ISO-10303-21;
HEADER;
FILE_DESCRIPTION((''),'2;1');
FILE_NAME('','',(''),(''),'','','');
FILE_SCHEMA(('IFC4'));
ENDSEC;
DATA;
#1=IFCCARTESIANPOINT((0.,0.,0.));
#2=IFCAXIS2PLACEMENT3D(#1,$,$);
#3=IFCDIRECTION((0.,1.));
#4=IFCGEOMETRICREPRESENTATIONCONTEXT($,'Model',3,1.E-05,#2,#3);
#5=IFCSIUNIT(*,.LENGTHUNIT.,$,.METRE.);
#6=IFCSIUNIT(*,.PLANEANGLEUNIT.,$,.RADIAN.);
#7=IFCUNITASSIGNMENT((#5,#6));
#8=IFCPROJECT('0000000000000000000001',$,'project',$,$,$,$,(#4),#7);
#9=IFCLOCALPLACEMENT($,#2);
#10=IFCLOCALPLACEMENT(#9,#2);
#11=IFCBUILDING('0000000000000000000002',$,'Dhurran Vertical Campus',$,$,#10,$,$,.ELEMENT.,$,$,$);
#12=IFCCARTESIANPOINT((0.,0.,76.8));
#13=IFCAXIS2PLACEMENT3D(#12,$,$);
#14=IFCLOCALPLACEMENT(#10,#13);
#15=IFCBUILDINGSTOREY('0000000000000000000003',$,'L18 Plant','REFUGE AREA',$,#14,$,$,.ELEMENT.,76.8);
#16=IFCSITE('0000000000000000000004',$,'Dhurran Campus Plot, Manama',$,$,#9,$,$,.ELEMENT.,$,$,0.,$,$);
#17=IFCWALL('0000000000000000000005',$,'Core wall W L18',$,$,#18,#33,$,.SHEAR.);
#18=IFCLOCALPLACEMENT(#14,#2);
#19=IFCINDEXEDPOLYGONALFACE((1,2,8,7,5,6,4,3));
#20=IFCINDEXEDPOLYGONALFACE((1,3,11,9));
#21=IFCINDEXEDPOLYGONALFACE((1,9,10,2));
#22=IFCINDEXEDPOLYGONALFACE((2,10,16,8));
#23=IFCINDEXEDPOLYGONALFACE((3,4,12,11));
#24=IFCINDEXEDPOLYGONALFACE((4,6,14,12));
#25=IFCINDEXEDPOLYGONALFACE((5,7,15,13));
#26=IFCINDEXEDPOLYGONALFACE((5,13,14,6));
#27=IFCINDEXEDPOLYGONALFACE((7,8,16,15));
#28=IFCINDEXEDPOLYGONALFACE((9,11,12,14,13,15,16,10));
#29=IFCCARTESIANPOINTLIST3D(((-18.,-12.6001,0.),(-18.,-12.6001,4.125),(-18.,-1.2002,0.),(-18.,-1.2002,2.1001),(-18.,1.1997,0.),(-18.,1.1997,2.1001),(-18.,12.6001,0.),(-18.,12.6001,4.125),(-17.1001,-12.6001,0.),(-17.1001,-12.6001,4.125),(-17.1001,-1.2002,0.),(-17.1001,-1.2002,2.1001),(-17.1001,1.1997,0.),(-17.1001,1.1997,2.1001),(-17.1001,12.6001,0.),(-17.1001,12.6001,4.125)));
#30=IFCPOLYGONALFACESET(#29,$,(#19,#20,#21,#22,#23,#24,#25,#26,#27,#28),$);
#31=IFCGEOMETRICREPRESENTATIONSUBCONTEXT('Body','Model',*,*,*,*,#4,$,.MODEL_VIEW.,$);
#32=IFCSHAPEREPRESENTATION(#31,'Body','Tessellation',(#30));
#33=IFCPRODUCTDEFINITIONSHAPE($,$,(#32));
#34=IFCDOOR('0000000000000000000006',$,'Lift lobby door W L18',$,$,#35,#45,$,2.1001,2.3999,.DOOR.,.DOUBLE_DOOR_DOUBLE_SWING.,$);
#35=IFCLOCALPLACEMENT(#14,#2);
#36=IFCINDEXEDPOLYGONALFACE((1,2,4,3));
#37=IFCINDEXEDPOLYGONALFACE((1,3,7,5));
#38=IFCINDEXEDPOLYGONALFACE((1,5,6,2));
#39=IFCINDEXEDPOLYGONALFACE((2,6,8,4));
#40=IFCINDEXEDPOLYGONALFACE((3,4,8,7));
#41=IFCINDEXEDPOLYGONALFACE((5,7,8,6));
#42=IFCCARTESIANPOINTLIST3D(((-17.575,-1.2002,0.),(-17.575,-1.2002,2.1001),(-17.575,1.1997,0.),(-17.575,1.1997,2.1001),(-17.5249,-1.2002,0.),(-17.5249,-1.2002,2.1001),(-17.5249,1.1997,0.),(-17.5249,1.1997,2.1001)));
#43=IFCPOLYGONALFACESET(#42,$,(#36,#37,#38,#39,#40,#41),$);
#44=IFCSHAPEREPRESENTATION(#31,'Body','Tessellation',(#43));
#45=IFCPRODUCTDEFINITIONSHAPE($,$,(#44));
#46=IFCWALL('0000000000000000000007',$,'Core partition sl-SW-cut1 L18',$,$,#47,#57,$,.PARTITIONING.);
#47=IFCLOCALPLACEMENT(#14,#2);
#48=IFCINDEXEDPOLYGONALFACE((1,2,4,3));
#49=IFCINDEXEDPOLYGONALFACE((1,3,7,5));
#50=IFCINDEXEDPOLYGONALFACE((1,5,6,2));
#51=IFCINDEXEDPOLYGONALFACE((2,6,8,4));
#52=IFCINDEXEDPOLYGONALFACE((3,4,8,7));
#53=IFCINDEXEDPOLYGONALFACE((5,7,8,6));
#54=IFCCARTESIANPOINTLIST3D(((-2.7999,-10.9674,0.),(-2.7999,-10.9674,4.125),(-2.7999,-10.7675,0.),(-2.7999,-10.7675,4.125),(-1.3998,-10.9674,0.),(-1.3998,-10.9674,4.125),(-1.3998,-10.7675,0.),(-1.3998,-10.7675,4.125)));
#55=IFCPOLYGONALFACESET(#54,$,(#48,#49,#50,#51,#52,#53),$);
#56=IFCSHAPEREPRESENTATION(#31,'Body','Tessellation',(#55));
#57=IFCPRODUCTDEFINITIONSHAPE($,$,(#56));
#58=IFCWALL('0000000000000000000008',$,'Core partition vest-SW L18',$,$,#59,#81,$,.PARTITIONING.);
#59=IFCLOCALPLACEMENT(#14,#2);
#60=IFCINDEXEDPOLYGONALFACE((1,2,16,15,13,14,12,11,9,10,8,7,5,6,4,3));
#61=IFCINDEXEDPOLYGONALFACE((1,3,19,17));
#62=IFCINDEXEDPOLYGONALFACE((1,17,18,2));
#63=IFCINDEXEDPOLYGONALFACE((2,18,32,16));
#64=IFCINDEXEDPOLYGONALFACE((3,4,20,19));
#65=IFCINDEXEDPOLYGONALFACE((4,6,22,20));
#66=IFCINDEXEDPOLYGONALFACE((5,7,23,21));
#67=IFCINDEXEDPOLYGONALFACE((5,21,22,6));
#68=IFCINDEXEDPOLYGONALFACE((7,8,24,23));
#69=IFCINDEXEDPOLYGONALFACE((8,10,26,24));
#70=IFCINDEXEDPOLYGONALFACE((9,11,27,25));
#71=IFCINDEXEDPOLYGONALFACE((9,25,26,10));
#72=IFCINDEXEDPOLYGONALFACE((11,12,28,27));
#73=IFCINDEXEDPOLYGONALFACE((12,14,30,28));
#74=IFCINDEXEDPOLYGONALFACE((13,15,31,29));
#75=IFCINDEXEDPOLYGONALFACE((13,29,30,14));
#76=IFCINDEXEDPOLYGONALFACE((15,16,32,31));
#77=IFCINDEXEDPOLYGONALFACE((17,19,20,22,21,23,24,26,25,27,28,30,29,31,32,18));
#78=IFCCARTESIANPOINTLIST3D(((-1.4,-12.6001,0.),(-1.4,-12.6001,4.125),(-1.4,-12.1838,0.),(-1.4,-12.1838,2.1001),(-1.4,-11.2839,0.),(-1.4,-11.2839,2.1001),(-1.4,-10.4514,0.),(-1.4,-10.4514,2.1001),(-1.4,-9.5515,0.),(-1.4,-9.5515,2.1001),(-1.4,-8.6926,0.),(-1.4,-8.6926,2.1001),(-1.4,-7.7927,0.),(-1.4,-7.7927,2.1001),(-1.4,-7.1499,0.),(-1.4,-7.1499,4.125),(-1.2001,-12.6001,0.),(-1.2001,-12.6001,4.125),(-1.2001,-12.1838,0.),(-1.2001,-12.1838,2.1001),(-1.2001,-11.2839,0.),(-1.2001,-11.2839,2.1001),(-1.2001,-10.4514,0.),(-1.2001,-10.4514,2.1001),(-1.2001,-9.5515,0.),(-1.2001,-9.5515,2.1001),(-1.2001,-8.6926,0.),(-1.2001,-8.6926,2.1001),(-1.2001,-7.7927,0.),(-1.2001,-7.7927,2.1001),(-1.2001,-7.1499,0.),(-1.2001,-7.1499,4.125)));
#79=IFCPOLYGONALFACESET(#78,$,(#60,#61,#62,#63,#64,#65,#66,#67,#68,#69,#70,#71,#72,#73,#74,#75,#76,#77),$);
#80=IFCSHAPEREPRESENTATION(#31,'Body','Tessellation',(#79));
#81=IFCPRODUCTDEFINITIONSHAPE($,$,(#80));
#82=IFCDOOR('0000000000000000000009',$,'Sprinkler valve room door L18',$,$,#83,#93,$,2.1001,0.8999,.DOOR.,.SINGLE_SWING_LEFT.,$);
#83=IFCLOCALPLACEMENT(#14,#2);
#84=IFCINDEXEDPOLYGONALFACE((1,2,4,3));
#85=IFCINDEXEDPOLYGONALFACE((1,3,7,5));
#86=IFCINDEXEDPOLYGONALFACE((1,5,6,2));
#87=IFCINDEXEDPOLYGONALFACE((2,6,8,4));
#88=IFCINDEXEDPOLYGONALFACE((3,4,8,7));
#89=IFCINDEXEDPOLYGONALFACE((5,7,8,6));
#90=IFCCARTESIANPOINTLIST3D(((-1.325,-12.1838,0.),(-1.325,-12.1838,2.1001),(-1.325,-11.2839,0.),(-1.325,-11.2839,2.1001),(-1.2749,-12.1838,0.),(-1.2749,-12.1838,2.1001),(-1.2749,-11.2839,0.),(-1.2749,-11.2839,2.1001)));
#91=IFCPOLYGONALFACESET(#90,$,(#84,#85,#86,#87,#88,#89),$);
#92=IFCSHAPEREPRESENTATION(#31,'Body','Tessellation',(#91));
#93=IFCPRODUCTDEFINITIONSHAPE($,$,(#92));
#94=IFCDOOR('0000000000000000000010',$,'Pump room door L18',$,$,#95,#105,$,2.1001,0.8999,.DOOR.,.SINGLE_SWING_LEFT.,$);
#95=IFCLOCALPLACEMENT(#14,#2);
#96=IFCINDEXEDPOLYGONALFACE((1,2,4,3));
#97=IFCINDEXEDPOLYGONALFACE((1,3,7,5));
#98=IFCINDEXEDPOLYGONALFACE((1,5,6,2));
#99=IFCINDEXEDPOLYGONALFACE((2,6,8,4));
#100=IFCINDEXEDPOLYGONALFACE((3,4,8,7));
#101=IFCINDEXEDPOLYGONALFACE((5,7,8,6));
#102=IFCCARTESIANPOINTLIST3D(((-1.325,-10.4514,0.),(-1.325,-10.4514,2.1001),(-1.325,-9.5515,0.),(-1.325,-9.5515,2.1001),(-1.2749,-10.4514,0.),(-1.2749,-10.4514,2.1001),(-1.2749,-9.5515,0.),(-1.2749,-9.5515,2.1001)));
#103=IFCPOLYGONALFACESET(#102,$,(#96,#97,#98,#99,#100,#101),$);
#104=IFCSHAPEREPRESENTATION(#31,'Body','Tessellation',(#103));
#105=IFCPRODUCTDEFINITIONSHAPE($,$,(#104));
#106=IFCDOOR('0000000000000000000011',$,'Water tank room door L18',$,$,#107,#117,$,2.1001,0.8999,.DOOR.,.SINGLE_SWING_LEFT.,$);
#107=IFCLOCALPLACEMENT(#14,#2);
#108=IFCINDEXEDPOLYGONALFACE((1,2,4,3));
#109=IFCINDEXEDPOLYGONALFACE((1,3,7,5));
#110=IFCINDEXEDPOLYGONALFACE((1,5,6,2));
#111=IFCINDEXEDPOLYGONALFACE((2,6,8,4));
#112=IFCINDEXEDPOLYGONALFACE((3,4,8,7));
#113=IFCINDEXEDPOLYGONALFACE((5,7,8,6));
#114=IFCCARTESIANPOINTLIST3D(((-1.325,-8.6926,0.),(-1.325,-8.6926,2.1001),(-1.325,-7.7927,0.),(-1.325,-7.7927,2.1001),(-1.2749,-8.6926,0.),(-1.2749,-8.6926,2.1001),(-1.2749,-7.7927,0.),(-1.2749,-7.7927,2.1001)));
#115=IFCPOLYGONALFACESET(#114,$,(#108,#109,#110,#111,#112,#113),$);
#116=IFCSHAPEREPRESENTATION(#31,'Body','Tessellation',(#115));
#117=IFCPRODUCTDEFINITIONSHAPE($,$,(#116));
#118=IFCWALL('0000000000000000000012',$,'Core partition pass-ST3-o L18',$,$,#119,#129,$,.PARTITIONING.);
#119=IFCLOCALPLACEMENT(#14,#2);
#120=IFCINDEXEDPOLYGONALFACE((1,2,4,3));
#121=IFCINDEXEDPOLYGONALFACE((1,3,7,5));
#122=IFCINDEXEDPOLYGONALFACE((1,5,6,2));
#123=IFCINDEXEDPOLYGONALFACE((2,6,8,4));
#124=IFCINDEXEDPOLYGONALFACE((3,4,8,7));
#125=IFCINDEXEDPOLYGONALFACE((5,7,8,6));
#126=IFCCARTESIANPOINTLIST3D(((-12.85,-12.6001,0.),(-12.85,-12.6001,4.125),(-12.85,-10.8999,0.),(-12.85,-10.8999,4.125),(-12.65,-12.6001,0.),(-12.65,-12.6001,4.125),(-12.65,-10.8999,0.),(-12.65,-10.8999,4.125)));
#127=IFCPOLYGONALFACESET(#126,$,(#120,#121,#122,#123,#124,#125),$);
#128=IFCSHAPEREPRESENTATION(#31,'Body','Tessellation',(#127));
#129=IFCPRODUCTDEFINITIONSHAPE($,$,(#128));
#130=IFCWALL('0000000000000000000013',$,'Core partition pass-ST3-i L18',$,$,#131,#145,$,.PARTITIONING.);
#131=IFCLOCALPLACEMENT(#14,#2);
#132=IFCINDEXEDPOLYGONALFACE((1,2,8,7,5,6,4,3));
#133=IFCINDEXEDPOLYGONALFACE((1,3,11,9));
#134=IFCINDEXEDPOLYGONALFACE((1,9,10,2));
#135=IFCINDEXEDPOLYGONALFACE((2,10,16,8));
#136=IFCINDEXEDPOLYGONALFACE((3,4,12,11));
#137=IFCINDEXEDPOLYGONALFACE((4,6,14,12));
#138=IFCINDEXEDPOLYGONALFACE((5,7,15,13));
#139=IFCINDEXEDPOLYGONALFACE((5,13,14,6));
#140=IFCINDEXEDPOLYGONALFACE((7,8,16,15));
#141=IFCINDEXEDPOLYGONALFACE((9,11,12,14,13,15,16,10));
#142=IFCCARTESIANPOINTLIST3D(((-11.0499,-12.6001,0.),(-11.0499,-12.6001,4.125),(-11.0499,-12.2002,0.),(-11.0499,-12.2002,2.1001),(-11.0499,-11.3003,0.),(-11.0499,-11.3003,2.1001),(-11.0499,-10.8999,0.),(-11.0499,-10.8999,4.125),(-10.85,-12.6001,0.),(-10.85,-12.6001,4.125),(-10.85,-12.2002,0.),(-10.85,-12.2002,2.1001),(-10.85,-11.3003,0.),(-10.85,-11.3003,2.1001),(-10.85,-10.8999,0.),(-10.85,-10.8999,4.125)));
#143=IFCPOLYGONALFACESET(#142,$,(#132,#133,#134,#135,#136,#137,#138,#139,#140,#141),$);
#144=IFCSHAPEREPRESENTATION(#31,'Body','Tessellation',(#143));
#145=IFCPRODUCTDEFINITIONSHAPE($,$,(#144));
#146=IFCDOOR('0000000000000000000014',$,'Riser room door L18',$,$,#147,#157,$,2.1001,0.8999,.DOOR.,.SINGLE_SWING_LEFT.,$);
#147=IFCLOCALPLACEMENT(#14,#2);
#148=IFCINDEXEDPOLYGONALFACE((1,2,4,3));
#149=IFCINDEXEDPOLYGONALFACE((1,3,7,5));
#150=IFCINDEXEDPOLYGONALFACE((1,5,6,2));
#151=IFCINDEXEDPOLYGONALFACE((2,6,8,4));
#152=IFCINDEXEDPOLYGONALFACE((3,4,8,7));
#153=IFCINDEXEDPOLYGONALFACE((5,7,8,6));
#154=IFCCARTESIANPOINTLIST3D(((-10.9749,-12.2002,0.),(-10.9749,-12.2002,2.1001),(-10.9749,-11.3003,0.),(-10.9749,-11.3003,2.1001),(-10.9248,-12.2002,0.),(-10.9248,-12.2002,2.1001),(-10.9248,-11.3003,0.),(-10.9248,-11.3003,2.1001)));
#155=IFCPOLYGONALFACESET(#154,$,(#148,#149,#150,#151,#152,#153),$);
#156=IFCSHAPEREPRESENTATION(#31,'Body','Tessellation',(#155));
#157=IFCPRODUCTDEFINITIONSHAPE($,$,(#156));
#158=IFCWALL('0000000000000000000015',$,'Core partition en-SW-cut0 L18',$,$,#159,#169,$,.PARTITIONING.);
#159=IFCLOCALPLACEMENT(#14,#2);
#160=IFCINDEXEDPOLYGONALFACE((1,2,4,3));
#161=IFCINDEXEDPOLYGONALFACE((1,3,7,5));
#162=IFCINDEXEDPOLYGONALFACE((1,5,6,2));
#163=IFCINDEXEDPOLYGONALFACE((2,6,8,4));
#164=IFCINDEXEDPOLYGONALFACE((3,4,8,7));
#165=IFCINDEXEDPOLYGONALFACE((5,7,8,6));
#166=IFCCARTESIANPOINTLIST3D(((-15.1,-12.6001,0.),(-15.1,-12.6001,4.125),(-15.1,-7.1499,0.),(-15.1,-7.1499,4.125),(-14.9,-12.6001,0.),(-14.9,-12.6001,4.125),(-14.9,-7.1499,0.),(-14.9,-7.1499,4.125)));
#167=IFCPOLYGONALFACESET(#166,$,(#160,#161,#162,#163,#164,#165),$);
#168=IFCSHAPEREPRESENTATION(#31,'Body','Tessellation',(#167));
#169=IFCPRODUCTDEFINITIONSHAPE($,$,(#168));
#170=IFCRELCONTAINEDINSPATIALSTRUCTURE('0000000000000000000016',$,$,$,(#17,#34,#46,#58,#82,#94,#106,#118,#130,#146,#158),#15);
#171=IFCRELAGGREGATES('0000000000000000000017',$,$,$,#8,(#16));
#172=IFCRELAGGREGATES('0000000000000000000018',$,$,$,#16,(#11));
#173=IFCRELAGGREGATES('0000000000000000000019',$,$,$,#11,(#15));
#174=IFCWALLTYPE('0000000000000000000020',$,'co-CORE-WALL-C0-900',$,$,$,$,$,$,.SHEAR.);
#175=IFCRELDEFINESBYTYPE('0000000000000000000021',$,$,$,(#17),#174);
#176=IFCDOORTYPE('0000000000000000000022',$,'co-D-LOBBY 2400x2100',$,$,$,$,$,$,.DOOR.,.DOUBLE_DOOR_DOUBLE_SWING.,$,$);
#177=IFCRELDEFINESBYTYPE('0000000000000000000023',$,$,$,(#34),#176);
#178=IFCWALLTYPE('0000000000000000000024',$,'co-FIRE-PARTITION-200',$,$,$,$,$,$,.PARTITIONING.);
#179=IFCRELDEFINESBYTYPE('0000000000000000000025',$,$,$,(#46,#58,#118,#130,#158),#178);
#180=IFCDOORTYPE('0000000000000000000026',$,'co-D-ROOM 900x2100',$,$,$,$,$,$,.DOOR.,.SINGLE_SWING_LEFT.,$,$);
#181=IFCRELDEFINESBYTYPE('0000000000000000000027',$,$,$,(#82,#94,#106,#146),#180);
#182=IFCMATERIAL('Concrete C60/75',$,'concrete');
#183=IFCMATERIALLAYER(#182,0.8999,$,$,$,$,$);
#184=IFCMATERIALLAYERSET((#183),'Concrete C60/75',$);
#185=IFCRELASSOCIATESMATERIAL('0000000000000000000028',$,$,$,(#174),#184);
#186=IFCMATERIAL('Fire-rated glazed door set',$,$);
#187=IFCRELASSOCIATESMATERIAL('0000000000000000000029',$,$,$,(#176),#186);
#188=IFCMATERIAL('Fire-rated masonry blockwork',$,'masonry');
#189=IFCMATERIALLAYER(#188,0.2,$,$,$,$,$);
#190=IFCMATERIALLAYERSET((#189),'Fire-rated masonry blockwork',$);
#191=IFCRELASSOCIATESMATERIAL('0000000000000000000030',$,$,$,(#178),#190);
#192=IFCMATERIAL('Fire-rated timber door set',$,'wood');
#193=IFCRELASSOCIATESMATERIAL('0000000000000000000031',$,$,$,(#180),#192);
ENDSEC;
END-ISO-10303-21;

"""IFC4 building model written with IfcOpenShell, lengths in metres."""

from ifc_helpers import new_model, si_unit, direction, frame, frame_2d, origin, place, context, subcontext, project, spatial, rectangle, extrude, material, layer, layer_set, type_object, element, fill, save


model = new_model("IFC4")

# Units and contexts
model_context = context("Model", 3, precision=1e-05, world=origin(), true_north=direction((0.0, 1.0)))
body_context = subcontext(model_context, "Body", "Model", "MODEL_VIEW")
ifc_project = project(units=[si_unit("LENGTHUNIT", "METRE"), si_unit("PLANEANGLEUNIT", "RADIAN")], contexts=[model_context])

# Site, building, storey
site_placement = place(None, origin())
site = spatial("IfcSite", under=ifc_project, at=site_placement, Name="Dhurran Campus Plot, Manama", CompositionType="ELEMENT", RefElevation=0.0)
building_placement = place(site_placement, origin())
building = spatial("IfcBuilding", under=site, at=building_placement, Name="Dhurran Vertical Campus", CompositionType="ELEMENT")
storey_placement = place(building_placement, frame((0.0, 0.0, 76.8)))
storey = spatial("IfcBuildingStorey", under=building, at=storey_placement, Name="L18 Plant", Description="REFUGE AREA", CompositionType="ELEMENT", Elevation=76.8)

# Shared definitions
ifc_material_1 = material(Name="Concrete C60/75", Category="concrete")
ifc_layer_1 = layer(ifc_material_1, 0.8999)
ifc_layer_set_1 = layer_set([ifc_layer_1], Name="Concrete C60/75")
wall_type_1 = type_object("IfcWallType", Name="co-CORE-WALL-C0-900", PredefinedType="SHEAR", material=ifc_layer_set_1)
ifc_material_2 = material(Name="Fire-rated glazed door set")
door_type_1 = type_object("IfcDoorType", Name="co-D-LOBBY 2400x2100", OperationType="DOUBLE_DOOR_DOUBLE_SWING", PredefinedType="DOOR", material=ifc_material_2)

# Wall, opening, door
wall_1_placement = place(storey_placement, frame((-17.55, -12.6001, 0.0), z_axis=(0.0, 0.0, 1.0), x_axis=(0.0, 1.0, 0.0)))
wall_1 = element("IfcWall", 1, at=wall_1_placement, inside=storey, type_object=wall_type_1, Name="Core wall W L18", PredefinedType="SHEAR", context=body_context, shape_type="SweptSolid", body=[
    extrude(rectangle(XDim=25.2002, YDim=0.8999, at=frame_2d((12.6001, 0.0))), origin(), (0.0, 0.0, 1.0), 4.125),
])
opening_1_placement = place(wall_1_placement, frame((11.3999, 0.0, 0.0)))
opening_1 = element("IfcOpeningElement", 2, at=opening_1_placement, cuts=wall_1, PredefinedType="OPENING", context=body_context, shape_type="SweptSolid", body=[
    extrude(rectangle(XDim=2.3999, YDim=2.1001, at=frame_2d((1.2, 1.05))), frame((0.0, 0.46, 0.0), z_axis=(0.0, -1.0, 0.0), x_axis=(1.0, 0.0, 0.0)), (0.0, 0.0, 1.0), 0.9199),
])
door_1_placement = place(opening_1_placement, origin())
door_1 = element("IfcDoor", 3, at=door_1_placement, inside=storey, type_object=door_type_1, Name="Lift lobby door W L18", OperationType="DOUBLE_DOOR_DOUBLE_SWING", OverallHeight=2.1001, OverallWidth=2.3999, PredefinedType="DOOR", context=body_context, shape_type="SweptSolid", body=[
    extrude(rectangle(XDim=2.3999, YDim=2.1001, at=frame_2d((1.2, 1.05))), frame((0.0, 0.0249, 0.0), z_axis=(0.0, -1.0, 0.0), x_axis=(1.0, 0.0, 0.0)), (0.0, 0.0, 1.0), 0.05),
])
fill(opening_1, door_1)

# Wall
ifc_material_3 = material(Name="Fire-rated masonry blockwork", Category="masonry")
ifc_layer_2 = layer(ifc_material_3, 0.2)
ifc_layer_set_2 = layer_set([ifc_layer_2], Name="Fire-rated masonry blockwork")
wall_type_2 = type_object("IfcWallType", Name="co-FIRE-PARTITION-200", PredefinedType="PARTITIONING", material=ifc_layer_set_2)
wall_2_placement = place(storey_placement, frame((-2.8, -10.8674, 0.0), z_axis=(0.0, 0.0, 1.0), x_axis=(1.0, 0.0, 0.0)))
element("IfcWall", 4, at=wall_2_placement, inside=storey, type_object=wall_type_2, Name="Core partition sl-SW-cut1 L18", PredefinedType="PARTITIONING", context=body_context, shape_type="SweptSolid", body=[
    extrude(rectangle(XDim=1.4001, YDim=0.2, at=frame_2d((0.7002, 0.0))), origin(), (0.0, 0.0, 1.0), 4.125),
])

# Wall, openings, doors
wall_3_placement = place(storey_placement, frame((-1.3, -12.6001, 0.0), z_axis=(0.0, 0.0, 1.0), x_axis=(0.0, 1.0, 0.0)))
wall_3 = element("IfcWall", 5, at=wall_3_placement, inside=storey, type_object=wall_type_2, Name="Core partition vest-SW L18", PredefinedType="PARTITIONING", context=body_context, shape_type="SweptSolid", body=[
    extrude(rectangle(XDim=5.4502, YDim=0.2, at=frame_2d((2.7251, 0.0))), origin(), (0.0, 0.0, 1.0), 4.125),
])
opening_2_placement = place(wall_3_placement, frame((0.4163, 0.0, 0.0)))
opening_2 = element("IfcOpeningElement", 6, at=opening_2_placement, cuts=wall_3, PredefinedType="OPENING", context=body_context, shape_type="SweptSolid", body=[
    extrude(rectangle(XDim=0.8999, YDim=2.1001, at=frame_2d((0.45, 1.05))), frame((0.0, 0.1099, 0.0), z_axis=(0.0, -1.0, 0.0), x_axis=(1.0, 0.0, 0.0)), (0.0, 0.0, 1.0), 0.22),
])
opening_3_placement = place(wall_3_placement, frame((2.1487, 0.0, 0.0)))
opening_3 = element("IfcOpeningElement", 7, at=opening_3_placement, cuts=wall_3, PredefinedType="OPENING", context=body_context, shape_type="SweptSolid", body=[
    extrude(rectangle(XDim=0.8999, YDim=2.1001, at=frame_2d((0.45, 1.05))), frame((0.0, 0.1099, 0.0), z_axis=(0.0, -1.0, 0.0), x_axis=(1.0, 0.0, 0.0)), (0.0, 0.0, 1.0), 0.22),
])
opening_4_placement = place(wall_3_placement, frame((3.9075, 0.0, 0.0)))
opening_4 = element("IfcOpeningElement", 8, at=opening_4_placement, cuts=wall_3, PredefinedType="OPENING", context=body_context, shape_type="SweptSolid", body=[
    extrude(rectangle(XDim=0.8999, YDim=2.1001, at=frame_2d((0.45, 1.05))), frame((0.0, 0.1099, 0.0), z_axis=(0.0, -1.0, 0.0), x_axis=(1.0, 0.0, 0.0)), (0.0, 0.0, 1.0), 0.22),
])
ifc_material_4 = material(Name="Fire-rated timber door set", Category="wood")
door_type_2 = type_object("IfcDoorType", Name="co-D-ROOM 900x2100", OperationType="SINGLE_SWING_LEFT", PredefinedType="DOOR", material=ifc_material_4)
door_2_placement = place(opening_2_placement, origin())
door_2 = element("IfcDoor", 9, at=door_2_placement, inside=storey, type_object=door_type_2, Name="Sprinkler valve room door L18", OperationType="SINGLE_SWING_LEFT", OverallHeight=2.1001, OverallWidth=0.8999, PredefinedType="DOOR", context=body_context, shape_type="SweptSolid", body=[
    extrude(rectangle(XDim=0.8999, YDim=2.1001, at=frame_2d((0.45, 1.05))), frame((0.0, 0.0249, 0.0), z_axis=(0.0, -1.0, 0.0), x_axis=(1.0, 0.0, 0.0)), (0.0, 0.0, 1.0), 0.05),
])
fill(opening_2, door_2)
door_3_placement = place(opening_3_placement, origin())
door_3 = element("IfcDoor", 10, at=door_3_placement, inside=storey, type_object=door_type_2, Name="Pump room door L18", OperationType="SINGLE_SWING_LEFT", OverallHeight=2.1001, OverallWidth=0.8999, PredefinedType="DOOR", context=body_context, shape_type="SweptSolid", body=[
    extrude(rectangle(XDim=0.8999, YDim=2.1001, at=frame_2d((0.45, 1.05))), frame((0.0, 0.0249, 0.0), z_axis=(0.0, -1.0, 0.0), x_axis=(1.0, 0.0, 0.0)), (0.0, 0.0, 1.0), 0.05),
])
fill(opening_3, door_3)
door_4_placement = place(opening_4_placement, origin())
door_4 = element("IfcDoor", 11, at=door_4_placement, inside=storey, type_object=door_type_2, Name="Water tank room door L18", OperationType="SINGLE_SWING_LEFT", OverallHeight=2.1001, OverallWidth=0.8999, PredefinedType="DOOR", context=body_context, shape_type="SweptSolid", body=[
    extrude(rectangle(XDim=0.8999, YDim=2.1001, at=frame_2d((0.45, 1.05))), frame((0.0, 0.0249, 0.0), z_axis=(0.0, -1.0, 0.0), x_axis=(1.0, 0.0, 0.0)), (0.0, 0.0, 1.0), 0.05),
])
fill(opening_4, door_4)

# Wall
wall_4_placement = place(storey_placement, frame((-12.75, -12.6001, 0.0), z_axis=(0.0, 0.0, 1.0), x_axis=(0.0, 1.0, 0.0)))
element("IfcWall", 12, at=wall_4_placement, inside=storey, type_object=wall_type_2, Name="Core partition pass-ST3-o L18", PredefinedType="PARTITIONING", context=body_context, shape_type="SweptSolid", body=[
    extrude(rectangle(XDim=1.7002, YDim=0.2, at=frame_2d((0.8501, 0.0))), origin(), (0.0, 0.0, 1.0), 4.125),
])

# Wall, opening, door
wall_5_placement = place(storey_placement, frame((-10.95, -12.6001, 0.0), z_axis=(0.0, 0.0, 1.0), x_axis=(0.0, 1.0, 0.0)))
wall_5 = element("IfcWall", 13, at=wall_5_placement, inside=storey, type_object=wall_type_2, Name="Core partition pass-ST3-i L18", PredefinedType="PARTITIONING", context=body_context, shape_type="SweptSolid", body=[
    extrude(rectangle(XDim=1.7002, YDim=0.2, at=frame_2d((0.8501, 0.0))), origin(), (0.0, 0.0, 1.0), 4.125),
])
opening_5_placement = place(wall_5_placement, frame((0.3999, 0.0, 0.0)))
opening_5 = element("IfcOpeningElement", 14, at=opening_5_placement, cuts=wall_5, PredefinedType="OPENING", context=body_context, shape_type="SweptSolid", body=[
    extrude(rectangle(XDim=0.8999, YDim=2.1001, at=frame_2d((0.45, 1.05))), frame((0.0, 0.1099, 0.0), z_axis=(0.0, -1.0, 0.0), x_axis=(1.0, 0.0, 0.0)), (0.0, 0.0, 1.0), 0.22),
])
door_5_placement = place(opening_5_placement, origin())
door_5 = element("IfcDoor", 15, at=door_5_placement, inside=storey, type_object=door_type_2, Name="Riser room door L18", OperationType="SINGLE_SWING_LEFT", OverallHeight=2.1001, OverallWidth=0.8999, PredefinedType="DOOR", context=body_context, shape_type="SweptSolid", body=[
    extrude(rectangle(XDim=0.8999, YDim=2.1001, at=frame_2d((0.45, 1.05))), frame((0.0, 0.0249, 0.0), z_axis=(0.0, -1.0, 0.0), x_axis=(1.0, 0.0, 0.0)), (0.0, 0.0, 1.0), 0.05),
])
fill(opening_5, door_5)

# Wall
wall_6_placement = place(storey_placement, frame((-15.0, -12.6001, 0.0), z_axis=(0.0, 0.0, 1.0), x_axis=(0.0, 1.0, 0.0)))
element("IfcWall", 16, at=wall_6_placement, inside=storey, type_object=wall_type_2, Name="Core partition en-SW-cut0 L18", PredefinedType="PARTITIONING", context=body_context, shape_type="SweptSolid", body=[
    extrude(rectangle(XDim=5.4502, YDim=0.2, at=frame_2d((2.7251, 0.0))), origin(), (0.0, 0.0, 1.0), 4.125),
])

save(model, "model.ifc")
